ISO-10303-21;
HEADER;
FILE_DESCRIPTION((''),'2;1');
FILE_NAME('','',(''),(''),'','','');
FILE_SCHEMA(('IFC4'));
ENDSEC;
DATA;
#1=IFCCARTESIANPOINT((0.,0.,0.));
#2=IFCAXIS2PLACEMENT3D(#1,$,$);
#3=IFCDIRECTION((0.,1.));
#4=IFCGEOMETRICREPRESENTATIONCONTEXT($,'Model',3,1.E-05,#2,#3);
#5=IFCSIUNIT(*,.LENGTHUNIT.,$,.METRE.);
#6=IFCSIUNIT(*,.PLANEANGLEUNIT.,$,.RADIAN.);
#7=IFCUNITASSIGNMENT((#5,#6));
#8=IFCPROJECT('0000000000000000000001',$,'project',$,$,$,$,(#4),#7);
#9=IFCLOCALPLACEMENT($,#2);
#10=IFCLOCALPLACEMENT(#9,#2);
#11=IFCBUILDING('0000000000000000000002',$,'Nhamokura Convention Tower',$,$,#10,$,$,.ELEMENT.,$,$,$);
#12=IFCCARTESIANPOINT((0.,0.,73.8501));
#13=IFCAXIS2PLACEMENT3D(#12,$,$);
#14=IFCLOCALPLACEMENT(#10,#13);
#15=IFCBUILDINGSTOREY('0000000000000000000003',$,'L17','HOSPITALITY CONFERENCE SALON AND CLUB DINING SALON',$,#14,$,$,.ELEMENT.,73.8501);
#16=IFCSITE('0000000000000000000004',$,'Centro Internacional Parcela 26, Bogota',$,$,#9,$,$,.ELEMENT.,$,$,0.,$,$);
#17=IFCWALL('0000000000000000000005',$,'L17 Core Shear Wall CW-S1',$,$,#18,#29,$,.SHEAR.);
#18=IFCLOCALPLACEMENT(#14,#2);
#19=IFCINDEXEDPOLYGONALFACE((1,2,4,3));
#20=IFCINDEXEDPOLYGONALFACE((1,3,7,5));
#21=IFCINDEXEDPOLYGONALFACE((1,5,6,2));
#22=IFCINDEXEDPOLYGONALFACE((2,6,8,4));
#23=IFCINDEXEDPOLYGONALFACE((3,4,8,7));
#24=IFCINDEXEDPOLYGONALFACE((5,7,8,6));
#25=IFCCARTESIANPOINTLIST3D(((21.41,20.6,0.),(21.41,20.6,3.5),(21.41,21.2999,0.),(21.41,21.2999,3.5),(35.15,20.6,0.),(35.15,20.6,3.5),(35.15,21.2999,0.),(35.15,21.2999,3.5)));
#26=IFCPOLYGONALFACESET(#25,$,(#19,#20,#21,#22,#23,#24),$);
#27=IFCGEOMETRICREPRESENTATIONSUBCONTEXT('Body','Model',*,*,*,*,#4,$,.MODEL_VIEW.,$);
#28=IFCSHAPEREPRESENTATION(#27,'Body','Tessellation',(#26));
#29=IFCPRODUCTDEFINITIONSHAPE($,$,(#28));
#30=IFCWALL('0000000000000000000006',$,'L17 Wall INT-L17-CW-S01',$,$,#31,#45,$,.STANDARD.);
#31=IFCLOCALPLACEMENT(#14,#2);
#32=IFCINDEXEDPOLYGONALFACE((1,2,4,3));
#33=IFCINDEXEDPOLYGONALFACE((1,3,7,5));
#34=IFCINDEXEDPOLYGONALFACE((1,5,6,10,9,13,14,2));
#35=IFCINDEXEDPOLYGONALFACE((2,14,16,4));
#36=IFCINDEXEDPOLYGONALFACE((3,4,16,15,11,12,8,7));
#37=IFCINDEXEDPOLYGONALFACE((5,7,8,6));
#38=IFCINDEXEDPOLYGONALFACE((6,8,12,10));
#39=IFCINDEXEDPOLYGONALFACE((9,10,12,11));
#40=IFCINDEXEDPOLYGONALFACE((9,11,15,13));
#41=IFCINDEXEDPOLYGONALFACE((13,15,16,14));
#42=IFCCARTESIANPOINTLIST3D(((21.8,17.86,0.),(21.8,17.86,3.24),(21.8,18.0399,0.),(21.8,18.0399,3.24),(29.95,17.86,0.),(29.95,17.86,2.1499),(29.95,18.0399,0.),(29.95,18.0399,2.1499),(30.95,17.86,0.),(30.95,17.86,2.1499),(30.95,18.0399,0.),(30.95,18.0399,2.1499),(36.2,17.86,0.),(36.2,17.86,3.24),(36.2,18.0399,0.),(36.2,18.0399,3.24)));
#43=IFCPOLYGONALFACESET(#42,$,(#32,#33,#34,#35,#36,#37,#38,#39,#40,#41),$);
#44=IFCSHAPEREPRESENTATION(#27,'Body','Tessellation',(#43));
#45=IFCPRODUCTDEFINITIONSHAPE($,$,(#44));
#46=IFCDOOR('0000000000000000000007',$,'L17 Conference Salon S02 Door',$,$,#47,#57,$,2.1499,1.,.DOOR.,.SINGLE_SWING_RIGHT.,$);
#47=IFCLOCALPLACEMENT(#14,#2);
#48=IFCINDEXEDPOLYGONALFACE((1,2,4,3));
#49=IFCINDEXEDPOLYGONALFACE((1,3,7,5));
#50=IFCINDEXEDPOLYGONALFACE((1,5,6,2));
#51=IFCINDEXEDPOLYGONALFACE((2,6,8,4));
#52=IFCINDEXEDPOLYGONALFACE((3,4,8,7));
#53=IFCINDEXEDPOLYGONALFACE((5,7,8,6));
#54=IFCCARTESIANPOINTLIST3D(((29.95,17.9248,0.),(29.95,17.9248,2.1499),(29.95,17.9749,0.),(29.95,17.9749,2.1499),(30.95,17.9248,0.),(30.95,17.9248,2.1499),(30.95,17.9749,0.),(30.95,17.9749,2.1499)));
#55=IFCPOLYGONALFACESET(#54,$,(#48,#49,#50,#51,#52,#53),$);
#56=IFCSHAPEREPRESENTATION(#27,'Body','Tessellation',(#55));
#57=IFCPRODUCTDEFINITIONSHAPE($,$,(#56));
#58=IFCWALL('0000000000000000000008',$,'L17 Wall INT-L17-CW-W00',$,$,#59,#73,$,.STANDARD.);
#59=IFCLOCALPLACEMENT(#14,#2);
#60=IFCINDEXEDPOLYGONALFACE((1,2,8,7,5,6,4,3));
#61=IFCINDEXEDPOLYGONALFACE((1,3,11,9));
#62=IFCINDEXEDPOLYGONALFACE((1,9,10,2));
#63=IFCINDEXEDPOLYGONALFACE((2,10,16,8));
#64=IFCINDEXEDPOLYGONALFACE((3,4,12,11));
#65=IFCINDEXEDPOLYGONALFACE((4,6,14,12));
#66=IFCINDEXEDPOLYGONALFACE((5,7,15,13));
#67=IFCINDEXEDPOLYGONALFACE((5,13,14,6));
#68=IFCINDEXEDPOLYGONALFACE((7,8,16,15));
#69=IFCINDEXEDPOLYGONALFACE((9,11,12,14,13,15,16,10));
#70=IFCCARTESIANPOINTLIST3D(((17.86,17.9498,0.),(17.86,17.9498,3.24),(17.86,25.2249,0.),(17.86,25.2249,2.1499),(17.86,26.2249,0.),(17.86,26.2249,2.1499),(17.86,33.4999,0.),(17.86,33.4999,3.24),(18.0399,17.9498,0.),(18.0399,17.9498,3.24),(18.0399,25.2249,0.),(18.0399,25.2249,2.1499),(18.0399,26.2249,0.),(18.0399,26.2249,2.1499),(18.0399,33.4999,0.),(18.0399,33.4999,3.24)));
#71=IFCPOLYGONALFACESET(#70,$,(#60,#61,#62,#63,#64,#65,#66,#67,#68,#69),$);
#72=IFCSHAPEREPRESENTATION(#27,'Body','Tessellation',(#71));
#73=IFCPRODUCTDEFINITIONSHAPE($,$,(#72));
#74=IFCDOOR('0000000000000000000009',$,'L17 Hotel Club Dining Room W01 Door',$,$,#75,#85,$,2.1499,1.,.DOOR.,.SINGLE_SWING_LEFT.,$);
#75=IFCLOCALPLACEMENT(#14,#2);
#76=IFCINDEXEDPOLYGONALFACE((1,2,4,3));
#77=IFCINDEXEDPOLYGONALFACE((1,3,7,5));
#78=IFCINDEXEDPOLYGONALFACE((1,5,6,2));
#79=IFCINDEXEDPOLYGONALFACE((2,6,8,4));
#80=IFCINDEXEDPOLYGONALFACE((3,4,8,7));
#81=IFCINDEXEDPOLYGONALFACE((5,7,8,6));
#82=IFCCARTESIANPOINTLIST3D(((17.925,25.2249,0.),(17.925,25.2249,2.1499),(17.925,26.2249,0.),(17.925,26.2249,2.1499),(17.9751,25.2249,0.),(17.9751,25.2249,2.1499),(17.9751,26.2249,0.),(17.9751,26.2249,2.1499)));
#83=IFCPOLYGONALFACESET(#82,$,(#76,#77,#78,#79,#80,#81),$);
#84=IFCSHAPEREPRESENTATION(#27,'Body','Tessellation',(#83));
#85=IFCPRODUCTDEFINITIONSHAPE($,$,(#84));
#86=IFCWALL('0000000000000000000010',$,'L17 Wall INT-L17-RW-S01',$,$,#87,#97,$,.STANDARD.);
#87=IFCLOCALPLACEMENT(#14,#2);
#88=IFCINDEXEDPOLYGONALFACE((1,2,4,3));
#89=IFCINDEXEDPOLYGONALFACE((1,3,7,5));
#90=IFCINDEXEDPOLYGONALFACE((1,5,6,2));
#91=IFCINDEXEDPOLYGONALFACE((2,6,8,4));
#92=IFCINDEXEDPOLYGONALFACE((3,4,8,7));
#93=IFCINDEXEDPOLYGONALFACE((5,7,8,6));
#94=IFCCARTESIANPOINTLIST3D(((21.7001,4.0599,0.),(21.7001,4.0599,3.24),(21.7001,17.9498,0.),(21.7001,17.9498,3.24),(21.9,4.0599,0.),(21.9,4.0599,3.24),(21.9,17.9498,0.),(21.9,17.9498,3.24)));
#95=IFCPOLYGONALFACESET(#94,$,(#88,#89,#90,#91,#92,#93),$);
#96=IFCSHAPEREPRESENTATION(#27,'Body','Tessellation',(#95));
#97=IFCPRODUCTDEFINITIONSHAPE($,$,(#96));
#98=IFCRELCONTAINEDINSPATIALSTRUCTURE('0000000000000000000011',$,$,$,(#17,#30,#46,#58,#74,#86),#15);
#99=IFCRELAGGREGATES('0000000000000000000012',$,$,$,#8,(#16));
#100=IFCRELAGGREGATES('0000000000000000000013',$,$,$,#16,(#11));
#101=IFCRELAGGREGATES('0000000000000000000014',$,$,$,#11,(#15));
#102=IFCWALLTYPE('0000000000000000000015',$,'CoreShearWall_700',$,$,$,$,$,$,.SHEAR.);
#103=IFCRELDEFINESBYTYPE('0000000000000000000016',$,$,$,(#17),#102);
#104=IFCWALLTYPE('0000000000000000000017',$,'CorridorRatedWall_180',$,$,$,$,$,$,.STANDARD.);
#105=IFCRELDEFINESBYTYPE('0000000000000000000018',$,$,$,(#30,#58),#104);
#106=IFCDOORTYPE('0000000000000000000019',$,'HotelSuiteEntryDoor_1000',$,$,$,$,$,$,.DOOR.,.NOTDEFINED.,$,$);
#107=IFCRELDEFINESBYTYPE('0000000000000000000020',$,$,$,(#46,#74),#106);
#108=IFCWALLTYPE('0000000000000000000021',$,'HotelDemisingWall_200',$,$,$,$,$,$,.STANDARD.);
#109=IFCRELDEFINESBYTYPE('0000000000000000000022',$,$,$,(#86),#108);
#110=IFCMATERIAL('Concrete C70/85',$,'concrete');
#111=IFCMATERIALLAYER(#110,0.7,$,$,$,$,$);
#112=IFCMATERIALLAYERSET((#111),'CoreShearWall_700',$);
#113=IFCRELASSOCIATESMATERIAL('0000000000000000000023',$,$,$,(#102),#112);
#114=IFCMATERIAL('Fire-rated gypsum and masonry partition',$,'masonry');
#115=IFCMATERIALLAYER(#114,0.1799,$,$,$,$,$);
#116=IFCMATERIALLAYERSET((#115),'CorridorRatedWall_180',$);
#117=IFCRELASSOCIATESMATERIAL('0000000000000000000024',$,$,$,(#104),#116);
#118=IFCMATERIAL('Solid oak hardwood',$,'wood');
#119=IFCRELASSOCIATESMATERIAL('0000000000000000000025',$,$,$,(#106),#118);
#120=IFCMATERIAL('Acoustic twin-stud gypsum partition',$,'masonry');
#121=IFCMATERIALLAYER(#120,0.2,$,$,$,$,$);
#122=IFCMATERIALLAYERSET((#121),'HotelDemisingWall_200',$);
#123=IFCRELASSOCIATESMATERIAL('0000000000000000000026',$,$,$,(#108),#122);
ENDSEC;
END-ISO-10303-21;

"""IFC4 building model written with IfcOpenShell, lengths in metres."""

from ifc_helpers import new_model, si_unit, direction, frame, frame_2d, origin, place, context, subcontext, project, spatial, rectangle, extrude, material, layer, layer_set, type_object, element, fill, save


model = new_model("IFC4")

# Units and contexts
model_context = context("Model", 3, precision=1e-05, world=origin(), true_north=direction((0.0, 1.0)))
body_context = subcontext(model_context, "Body", "Model", "MODEL_VIEW")
ifc_project = project(units=[si_unit("LENGTHUNIT", "METRE"), si_unit("PLANEANGLEUNIT", "RADIAN")], contexts=[model_context])

# Site, building, storey
site_placement = place(None, origin())
site = spatial("IfcSite", under=ifc_project, at=site_placement, Name="Centro Internacional Parcela 26, Bogota", CompositionType="ELEMENT", RefElevation=0.0)
building_placement = place(site_placement, origin())
building = spatial("IfcBuilding", under=site, at=building_placement, Name="Nhamokura Convention Tower", CompositionType="ELEMENT")
storey_placement = place(building_placement, frame((0.0, 0.0, 73.8501)))
storey = spatial("IfcBuildingStorey", under=building, at=storey_placement, Name="L17", Description="HOSPITALITY CONFERENCE SALON AND CLUB DINING SALON", CompositionType="ELEMENT", Elevation=73.8501)

# Shared definitions
ifc_material_1 = material(Name="Concrete C70/85", Category="concrete")
ifc_layer_1 = layer(ifc_material_1, 0.7)
ifc_layer_set_1 = layer_set([ifc_layer_1], Name="CoreShearWall_700")
wall_type_1 = type_object("IfcWallType", Name="CoreShearWall_700", PredefinedType="SHEAR", material=ifc_layer_set_1)

# Wall
wall_1_placement = place(storey_placement, frame((21.4099, 20.95, 0.0), z_axis=(0.0, 0.0, 1.0), x_axis=(1.0, 0.0, 0.0)))
element("IfcWall", 1, at=wall_1_placement, inside=storey, type_object=wall_type_1, Name="L17 Core Shear Wall CW-S1", PredefinedType="SHEAR", context=body_context, shape_type="SweptSolid", body=[
    extrude(rectangle(XDim=13.74, YDim=0.7, at=frame_2d((6.8701, 0.0))), origin(), (0.0, 0.0, 1.0), 3.5),
])

# Walls, openings, doors
ifc_material_2 = material(Name="Fire-rated gypsum and masonry partition", Category="masonry")
ifc_layer_2 = layer(ifc_material_2, 0.1799)
ifc_layer_set_2 = layer_set([ifc_layer_2], Name="CorridorRatedWall_180")
wall_type_2 = type_object("IfcWallType", Name="CorridorRatedWall_180", PredefinedType="STANDARD", material=ifc_layer_set_2)
wall_2_placement = place(storey_placement, frame((21.8, 17.95, 0.0), z_axis=(0.0, 0.0, 1.0), x_axis=(1.0, 0.0, 0.0)))
wall_2 = element("IfcWall", 2, at=wall_2_placement, inside=storey, type_object=wall_type_2, Name="L17 Wall INT-L17-CW-S01", PredefinedType="STANDARD", context=body_context, shape_type="SweptSolid", body=[
    extrude(rectangle(XDim=14.3999, YDim=0.1799, at=frame_2d((7.2, 0.0))), origin(), (0.0, 0.0, 1.0), 3.24),
])
opening_1_placement = place(wall_2_placement, frame((8.1499, 0.0, 0.0)))
opening_1 = element("IfcOpeningElement", 3, at=opening_1_placement, cuts=wall_2, PredefinedType="OPENING", context=body_context, shape_type="SweptSolid", body=[
    extrude(rectangle(XDim=1.0, YDim=2.1499, at=frame_2d((0.5, 1.075))), frame((0.0, 0.0999, 0.0), z_axis=(0.0, -1.0, 0.0), x_axis=(1.0, 0.0, 0.0)), (0.0, 0.0, 1.0), 0.2),
])
ifc_material_3 = material(Name="Solid oak hardwood", Category="wood")
door_type_1 = type_object("IfcDoorType", Name="HotelSuiteEntryDoor_1000", OperationType="NOTDEFINED", PredefinedType="DOOR", material=ifc_material_3)
door_1_placement = place(opening_1_placement, origin())
door_1 = element("IfcDoor", 4, at=door_1_placement, inside=storey, type_object=door_type_1, Name="L17 Conference Salon S02 Door", OperationType="SINGLE_SWING_RIGHT", OverallHeight=2.1499, OverallWidth=1.0, PredefinedType="DOOR", context=body_context, shape_type="SweptSolid", body=[
    extrude(rectangle(XDim=1.0, YDim=2.1499, at=frame_2d((0.5, 1.075))), frame((0.0, 0.0249, 0.0), z_axis=(0.0, -1.0, 0.0), x_axis=(1.0, 0.0, 0.0)), (0.0, 0.0, 1.0), 0.05),
])
fill(opening_1, door_1)
wall_3_placement = place(storey_placement, frame((17.95, 17.95, 0.0), z_axis=(0.0, 0.0, 1.0), x_axis=(0.0, 1.0, 0.0)))
wall_3 = element("IfcWall", 5, at=wall_3_placement, inside=storey, type_object=wall_type_2, Name="L17 Wall INT-L17-CW-W00", PredefinedType="STANDARD", context=body_context, shape_type="SweptSolid", body=[
    extrude(rectangle(XDim=15.55, YDim=0.1799, at=frame_2d((7.7749, 0.0))), origin(), (0.0, 0.0, 1.0), 3.24),
])
opening_2_placement = place(wall_3_placement, frame((7.2749, 0.0, 0.0)))
opening_2 = element("IfcOpeningElement", 6, at=opening_2_placement, cuts=wall_3, PredefinedType="OPENING", context=body_context, shape_type="SweptSolid", body=[
    extrude(rectangle(XDim=1.0, YDim=2.1499, at=frame_2d((0.5, 1.075))), frame((0.0, 0.0999, 0.0), z_axis=(0.0, -1.0, 0.0), x_axis=(1.0, 0.0, 0.0)), (0.0, 0.0, 1.0), 0.2),
])
door_2_placement = place(opening_2_placement, origin())
door_2 = element("IfcDoor", 7, at=door_2_placement, inside=storey, type_object=door_type_1, Name="L17 Hotel Club Dining Room W01 Door", OperationType="SINGLE_SWING_LEFT", OverallHeight=2.1499, OverallWidth=1.0, PredefinedType="DOOR", context=body_context, shape_type="SweptSolid", body=[
    extrude(rectangle(XDim=1.0, YDim=2.1499, at=frame_2d((0.5, 1.075))), frame((0.0, 0.0249, 0.0), z_axis=(0.0, -1.0, 0.0), x_axis=(1.0, 0.0, 0.0)), (0.0, 0.0, 1.0), 0.05),
])
fill(opening_2, door_2)

# Wall
ifc_material_4 = material(Name="Acoustic twin-stud gypsum partition", Category="masonry")
ifc_layer_3 = layer(ifc_material_4, 0.2)
ifc_layer_set_3 = layer_set([ifc_layer_3], Name="HotelDemisingWall_200")
wall_type_3 = type_object("IfcWallType", Name="HotelDemisingWall_200", PredefinedType="STANDARD", material=ifc_layer_set_3)
wall_4_placement = place(storey_placement, frame((21.8, 4.0601, 0.0), z_axis=(0.0, 0.0, 1.0), x_axis=(0.0, 1.0, 0.0)))
element("IfcWall", 8, at=wall_4_placement, inside=storey, type_object=wall_type_3, Name="L17 Wall INT-L17-RW-S01", PredefinedType="STANDARD", context=body_context, shape_type="SweptSolid", body=[
    extrude(rectangle(XDim=13.8899, YDim=0.2, at=frame_2d((6.9448, 0.0))), origin(), (0.0, 0.0, 1.0), 3.24),
])

save(model, "model.ifc")
